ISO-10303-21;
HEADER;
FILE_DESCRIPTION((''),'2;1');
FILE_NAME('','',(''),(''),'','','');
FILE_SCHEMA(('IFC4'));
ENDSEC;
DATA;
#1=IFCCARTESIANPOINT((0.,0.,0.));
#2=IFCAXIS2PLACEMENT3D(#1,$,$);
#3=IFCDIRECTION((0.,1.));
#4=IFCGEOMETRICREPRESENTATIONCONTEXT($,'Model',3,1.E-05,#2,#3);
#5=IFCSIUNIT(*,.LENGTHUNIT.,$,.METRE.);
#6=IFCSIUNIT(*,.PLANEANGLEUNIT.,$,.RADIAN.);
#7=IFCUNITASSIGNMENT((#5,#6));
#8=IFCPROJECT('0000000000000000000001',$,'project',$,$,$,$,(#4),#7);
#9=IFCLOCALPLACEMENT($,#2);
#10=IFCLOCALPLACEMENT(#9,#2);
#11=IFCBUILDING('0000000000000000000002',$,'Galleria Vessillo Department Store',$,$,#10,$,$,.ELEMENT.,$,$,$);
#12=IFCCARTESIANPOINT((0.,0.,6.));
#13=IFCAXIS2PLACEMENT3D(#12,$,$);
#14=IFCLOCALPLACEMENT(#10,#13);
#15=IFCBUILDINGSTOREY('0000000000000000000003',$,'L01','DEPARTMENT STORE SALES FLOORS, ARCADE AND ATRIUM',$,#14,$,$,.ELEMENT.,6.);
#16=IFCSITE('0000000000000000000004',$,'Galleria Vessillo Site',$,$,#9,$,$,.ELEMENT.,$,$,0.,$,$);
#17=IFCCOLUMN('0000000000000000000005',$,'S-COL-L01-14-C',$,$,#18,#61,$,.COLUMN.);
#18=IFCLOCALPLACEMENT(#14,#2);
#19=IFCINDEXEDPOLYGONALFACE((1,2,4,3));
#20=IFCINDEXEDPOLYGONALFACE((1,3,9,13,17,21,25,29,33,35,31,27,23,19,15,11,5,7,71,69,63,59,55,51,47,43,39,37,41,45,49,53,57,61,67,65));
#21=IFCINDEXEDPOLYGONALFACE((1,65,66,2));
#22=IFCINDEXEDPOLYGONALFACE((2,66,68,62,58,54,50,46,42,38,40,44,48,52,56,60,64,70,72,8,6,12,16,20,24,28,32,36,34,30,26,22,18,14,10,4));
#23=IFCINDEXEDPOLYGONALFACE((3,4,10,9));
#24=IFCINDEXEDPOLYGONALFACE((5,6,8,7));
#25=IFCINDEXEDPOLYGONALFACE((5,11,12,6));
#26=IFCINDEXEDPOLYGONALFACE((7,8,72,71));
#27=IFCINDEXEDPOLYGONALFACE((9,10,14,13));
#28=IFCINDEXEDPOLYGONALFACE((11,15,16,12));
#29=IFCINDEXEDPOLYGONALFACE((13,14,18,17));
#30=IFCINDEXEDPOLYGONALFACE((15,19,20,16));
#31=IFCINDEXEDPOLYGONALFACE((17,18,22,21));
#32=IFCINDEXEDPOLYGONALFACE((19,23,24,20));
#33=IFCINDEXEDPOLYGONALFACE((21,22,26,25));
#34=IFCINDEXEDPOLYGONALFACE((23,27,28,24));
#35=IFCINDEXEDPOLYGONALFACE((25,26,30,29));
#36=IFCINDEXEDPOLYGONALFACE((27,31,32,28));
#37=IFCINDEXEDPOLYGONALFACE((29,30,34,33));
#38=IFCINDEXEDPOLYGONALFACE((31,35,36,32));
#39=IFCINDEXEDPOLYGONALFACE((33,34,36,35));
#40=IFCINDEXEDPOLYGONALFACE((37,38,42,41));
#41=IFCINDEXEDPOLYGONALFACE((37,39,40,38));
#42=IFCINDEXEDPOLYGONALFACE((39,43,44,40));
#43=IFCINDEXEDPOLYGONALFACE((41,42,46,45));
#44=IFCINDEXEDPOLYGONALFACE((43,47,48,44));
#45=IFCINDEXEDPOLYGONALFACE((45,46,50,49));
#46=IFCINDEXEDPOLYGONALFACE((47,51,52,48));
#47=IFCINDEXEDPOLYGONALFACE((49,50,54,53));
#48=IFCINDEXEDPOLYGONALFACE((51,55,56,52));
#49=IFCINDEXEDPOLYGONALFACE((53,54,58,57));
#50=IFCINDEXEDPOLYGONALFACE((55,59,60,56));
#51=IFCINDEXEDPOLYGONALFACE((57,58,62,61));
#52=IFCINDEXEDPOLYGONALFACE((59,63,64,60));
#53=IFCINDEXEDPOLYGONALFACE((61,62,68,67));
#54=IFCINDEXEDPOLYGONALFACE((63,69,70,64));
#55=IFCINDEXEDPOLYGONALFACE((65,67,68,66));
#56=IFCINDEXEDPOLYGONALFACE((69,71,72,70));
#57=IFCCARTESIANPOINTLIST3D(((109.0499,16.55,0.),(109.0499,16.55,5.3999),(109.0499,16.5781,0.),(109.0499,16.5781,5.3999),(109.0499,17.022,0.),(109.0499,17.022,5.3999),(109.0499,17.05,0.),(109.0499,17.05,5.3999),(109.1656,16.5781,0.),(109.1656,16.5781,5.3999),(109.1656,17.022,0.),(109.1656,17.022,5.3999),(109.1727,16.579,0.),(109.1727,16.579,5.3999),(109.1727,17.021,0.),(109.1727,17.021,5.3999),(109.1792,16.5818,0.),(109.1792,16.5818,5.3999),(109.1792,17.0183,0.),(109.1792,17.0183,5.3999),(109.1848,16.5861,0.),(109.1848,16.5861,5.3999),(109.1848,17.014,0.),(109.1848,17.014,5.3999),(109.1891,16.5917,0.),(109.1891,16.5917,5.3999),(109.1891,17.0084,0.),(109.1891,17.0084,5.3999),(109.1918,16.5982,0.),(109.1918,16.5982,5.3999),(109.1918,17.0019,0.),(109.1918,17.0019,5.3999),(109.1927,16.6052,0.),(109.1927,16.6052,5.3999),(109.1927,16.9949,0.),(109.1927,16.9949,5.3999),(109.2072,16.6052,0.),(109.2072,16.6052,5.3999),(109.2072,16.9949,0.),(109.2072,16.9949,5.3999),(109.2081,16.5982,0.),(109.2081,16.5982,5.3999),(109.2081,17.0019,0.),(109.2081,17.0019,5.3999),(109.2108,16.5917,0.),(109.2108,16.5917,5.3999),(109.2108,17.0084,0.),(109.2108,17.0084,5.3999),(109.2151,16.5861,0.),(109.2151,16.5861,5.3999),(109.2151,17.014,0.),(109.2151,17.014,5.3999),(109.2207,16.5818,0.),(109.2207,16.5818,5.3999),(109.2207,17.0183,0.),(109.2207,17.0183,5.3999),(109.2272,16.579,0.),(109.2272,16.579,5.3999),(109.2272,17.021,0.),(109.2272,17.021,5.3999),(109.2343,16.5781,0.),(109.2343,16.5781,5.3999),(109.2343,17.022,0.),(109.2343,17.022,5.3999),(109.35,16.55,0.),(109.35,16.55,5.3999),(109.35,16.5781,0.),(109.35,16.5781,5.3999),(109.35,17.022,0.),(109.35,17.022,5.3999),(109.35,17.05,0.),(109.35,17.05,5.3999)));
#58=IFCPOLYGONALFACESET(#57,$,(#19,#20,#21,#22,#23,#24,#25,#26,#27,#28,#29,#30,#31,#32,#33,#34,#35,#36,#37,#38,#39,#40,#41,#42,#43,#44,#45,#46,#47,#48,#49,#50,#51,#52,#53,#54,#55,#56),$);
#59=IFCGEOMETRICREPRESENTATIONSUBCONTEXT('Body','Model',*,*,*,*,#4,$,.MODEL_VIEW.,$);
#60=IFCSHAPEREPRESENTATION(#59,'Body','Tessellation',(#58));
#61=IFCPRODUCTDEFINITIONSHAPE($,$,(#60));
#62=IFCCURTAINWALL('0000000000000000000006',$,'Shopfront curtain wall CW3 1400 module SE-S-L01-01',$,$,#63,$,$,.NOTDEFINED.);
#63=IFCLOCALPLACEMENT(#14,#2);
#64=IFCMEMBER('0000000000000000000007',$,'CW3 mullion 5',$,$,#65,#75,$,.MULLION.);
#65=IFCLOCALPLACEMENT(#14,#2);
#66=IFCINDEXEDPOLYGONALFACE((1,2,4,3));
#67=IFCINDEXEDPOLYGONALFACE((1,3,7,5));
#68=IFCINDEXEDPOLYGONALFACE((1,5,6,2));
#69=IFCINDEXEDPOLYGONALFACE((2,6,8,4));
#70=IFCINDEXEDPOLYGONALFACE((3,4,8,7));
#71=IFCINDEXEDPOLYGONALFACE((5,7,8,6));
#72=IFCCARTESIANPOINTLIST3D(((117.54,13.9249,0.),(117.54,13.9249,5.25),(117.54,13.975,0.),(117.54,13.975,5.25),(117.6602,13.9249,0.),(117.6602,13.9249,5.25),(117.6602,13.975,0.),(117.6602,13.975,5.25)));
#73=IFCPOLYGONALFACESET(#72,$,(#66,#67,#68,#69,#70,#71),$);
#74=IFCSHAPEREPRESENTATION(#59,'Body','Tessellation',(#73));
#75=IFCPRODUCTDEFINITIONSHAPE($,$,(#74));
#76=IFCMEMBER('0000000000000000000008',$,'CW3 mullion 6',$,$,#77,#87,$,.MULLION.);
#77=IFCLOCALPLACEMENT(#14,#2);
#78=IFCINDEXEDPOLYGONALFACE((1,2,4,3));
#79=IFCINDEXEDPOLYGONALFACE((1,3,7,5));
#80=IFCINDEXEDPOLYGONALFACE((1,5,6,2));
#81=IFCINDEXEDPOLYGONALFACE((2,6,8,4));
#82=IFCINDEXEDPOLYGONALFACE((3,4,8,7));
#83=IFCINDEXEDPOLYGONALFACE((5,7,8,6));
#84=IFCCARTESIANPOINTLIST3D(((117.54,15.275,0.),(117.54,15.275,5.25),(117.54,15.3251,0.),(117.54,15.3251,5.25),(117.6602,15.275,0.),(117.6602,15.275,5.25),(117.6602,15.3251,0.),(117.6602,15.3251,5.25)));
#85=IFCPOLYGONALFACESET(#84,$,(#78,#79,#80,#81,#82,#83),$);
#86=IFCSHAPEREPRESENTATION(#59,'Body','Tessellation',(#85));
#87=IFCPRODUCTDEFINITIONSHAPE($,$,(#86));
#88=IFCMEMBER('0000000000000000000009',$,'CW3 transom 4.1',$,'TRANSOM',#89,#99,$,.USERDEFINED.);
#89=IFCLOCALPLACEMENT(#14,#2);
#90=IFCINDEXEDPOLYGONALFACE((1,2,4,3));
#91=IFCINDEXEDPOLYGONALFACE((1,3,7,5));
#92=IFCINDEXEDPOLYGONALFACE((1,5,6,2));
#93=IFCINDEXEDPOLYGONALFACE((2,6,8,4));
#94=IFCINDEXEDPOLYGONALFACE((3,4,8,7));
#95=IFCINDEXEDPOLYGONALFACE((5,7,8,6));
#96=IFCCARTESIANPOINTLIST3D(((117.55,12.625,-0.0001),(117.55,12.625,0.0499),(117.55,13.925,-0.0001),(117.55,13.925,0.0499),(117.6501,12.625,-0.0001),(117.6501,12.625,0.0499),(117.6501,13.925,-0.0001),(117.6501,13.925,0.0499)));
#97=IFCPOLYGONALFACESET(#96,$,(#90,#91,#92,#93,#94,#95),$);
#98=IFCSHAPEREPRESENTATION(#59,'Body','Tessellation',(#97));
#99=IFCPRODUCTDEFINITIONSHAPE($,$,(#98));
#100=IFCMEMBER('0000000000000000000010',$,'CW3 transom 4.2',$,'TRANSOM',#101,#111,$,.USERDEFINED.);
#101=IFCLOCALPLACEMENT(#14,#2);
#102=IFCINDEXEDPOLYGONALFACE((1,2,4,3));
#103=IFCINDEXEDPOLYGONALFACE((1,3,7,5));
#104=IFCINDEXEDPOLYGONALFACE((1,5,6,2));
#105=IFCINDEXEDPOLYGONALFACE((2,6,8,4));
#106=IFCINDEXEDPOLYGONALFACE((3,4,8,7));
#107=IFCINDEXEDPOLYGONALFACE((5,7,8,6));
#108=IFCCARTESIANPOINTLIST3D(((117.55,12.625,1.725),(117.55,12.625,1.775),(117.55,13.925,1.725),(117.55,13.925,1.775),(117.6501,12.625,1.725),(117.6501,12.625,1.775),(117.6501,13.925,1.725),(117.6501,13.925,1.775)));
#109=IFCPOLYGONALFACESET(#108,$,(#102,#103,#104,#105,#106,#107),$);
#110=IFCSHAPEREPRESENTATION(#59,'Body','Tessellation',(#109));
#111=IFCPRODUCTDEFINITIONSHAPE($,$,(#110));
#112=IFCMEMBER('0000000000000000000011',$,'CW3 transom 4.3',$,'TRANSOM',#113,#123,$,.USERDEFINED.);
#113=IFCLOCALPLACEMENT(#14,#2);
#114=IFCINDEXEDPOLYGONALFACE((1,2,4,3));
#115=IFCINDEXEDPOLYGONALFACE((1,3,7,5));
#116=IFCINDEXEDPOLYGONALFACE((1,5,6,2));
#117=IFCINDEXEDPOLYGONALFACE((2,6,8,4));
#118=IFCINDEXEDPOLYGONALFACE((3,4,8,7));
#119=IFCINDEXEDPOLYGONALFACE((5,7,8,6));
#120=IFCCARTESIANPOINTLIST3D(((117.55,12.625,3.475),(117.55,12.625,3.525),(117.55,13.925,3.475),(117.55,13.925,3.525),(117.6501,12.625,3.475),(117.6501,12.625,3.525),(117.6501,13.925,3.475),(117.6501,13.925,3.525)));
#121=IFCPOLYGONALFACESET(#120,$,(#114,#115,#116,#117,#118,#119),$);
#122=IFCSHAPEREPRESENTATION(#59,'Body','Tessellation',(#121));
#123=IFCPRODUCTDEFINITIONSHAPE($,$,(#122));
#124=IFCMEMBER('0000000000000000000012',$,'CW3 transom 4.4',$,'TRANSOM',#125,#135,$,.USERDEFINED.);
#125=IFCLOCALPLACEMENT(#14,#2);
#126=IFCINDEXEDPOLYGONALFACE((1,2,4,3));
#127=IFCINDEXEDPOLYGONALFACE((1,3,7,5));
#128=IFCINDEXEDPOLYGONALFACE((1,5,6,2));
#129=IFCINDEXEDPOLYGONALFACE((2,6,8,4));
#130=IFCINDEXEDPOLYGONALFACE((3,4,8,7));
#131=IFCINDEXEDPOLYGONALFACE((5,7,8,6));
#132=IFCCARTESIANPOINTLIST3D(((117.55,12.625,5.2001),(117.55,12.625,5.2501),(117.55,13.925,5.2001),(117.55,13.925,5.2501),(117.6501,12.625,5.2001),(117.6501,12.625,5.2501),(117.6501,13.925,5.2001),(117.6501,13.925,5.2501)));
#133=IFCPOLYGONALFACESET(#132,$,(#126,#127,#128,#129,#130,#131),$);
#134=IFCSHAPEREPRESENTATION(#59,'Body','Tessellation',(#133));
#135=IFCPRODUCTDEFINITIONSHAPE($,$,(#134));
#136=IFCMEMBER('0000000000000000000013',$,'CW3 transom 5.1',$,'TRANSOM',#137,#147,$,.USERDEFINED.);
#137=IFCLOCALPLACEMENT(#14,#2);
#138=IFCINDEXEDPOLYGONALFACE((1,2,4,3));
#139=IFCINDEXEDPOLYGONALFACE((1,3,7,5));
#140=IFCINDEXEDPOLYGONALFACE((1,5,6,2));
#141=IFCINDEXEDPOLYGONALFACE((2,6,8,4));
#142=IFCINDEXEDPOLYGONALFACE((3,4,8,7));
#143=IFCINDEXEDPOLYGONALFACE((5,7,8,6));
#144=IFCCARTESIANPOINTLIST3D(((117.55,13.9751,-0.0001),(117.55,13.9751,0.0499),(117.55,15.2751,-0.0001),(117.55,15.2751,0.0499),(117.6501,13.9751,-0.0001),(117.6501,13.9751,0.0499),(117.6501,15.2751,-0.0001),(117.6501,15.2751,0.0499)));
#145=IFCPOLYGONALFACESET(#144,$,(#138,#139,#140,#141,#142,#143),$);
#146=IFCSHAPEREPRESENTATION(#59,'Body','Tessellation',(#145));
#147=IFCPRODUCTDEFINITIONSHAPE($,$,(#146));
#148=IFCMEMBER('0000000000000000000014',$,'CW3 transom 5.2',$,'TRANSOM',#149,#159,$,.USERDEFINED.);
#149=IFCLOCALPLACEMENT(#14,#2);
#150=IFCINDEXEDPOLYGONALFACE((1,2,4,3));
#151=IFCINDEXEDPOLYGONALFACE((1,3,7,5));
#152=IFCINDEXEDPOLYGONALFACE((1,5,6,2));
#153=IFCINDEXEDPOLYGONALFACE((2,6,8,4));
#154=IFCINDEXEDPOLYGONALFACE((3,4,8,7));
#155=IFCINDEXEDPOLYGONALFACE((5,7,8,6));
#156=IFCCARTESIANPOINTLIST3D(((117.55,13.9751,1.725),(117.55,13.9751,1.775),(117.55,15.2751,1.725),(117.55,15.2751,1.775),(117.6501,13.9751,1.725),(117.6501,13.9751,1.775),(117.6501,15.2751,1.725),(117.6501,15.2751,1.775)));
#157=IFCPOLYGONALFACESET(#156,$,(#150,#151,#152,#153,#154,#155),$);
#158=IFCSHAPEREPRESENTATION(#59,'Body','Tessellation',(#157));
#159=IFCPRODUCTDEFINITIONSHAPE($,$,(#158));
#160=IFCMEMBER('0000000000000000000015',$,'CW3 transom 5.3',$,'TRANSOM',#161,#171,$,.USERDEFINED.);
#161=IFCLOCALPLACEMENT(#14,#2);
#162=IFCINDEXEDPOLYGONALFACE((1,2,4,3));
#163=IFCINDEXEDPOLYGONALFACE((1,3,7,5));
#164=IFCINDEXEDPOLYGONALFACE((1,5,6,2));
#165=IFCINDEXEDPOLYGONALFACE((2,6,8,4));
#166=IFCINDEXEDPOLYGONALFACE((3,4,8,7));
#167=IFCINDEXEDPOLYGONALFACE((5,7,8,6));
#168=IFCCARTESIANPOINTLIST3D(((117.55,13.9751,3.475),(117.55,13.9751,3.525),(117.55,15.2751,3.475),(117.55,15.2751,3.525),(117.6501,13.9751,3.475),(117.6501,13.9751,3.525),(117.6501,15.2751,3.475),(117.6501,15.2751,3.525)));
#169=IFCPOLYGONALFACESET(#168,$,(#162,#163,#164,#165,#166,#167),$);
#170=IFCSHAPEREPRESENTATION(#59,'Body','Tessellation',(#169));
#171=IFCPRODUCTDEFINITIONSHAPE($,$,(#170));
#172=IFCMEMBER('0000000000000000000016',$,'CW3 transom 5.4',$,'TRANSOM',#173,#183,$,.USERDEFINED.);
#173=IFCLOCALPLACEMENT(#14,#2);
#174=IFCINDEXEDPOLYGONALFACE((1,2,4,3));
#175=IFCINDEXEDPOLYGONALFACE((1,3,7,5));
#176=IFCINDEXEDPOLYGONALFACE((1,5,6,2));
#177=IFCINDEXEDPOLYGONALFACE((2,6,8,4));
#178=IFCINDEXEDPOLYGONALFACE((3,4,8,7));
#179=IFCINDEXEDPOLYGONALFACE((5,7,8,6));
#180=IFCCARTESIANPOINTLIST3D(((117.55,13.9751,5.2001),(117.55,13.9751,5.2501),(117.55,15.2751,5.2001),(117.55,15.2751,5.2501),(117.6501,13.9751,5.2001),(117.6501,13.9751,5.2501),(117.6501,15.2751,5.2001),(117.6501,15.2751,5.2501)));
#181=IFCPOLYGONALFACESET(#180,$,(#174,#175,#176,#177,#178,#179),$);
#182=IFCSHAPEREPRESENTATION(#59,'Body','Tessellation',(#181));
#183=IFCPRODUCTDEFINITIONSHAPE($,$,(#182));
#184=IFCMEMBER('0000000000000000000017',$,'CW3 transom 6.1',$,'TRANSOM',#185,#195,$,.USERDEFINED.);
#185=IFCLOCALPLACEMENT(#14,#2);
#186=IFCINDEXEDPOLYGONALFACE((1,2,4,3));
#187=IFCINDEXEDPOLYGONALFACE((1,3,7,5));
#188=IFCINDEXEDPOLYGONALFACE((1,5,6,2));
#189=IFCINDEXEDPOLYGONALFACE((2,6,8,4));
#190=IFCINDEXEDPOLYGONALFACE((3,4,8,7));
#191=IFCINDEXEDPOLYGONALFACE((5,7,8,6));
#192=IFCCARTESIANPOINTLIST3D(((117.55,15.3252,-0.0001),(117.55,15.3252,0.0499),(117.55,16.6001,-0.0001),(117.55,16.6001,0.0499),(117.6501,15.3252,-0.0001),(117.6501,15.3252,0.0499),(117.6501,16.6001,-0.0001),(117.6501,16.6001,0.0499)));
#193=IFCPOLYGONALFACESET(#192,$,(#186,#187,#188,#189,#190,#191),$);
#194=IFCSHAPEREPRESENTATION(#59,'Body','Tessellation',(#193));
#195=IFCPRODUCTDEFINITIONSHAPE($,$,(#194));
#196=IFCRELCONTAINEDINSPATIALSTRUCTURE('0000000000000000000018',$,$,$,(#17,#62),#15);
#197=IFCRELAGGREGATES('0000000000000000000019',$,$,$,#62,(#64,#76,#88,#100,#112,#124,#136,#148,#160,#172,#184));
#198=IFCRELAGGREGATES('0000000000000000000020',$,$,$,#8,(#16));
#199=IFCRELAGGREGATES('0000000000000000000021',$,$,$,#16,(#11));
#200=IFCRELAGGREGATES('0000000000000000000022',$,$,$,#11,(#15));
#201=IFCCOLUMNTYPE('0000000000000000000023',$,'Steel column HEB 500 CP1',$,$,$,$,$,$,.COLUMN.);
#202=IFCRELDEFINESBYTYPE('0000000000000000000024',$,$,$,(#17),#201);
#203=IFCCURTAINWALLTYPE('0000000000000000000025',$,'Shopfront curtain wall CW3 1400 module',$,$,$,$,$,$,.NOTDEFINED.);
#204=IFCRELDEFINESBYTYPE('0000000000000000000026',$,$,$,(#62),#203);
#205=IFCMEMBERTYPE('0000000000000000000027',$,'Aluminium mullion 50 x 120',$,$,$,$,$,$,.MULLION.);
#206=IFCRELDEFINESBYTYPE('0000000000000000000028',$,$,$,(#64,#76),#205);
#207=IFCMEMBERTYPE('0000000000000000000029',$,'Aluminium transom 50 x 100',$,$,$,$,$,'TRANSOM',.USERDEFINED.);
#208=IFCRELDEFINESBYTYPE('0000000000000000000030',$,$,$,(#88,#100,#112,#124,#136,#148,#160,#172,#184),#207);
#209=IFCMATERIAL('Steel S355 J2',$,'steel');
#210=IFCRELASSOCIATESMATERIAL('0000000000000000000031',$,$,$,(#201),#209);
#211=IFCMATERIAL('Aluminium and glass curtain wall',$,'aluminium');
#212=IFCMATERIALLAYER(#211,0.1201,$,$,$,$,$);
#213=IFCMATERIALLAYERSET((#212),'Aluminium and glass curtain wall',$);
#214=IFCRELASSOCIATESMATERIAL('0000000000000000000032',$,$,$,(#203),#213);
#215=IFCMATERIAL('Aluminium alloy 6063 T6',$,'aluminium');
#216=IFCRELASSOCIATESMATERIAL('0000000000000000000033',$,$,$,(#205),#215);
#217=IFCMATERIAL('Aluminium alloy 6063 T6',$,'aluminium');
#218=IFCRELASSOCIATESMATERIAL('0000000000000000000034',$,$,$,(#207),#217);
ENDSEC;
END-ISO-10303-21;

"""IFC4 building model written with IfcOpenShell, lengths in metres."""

from ifc_helpers import new_model, si_unit, direction, frame, origin, origin_2d, place, context, subcontext, project, spatial, rectangle, i_section, extrude, material, layer, layer_set, material_profile, profile_set, type_object, element, aggregate, save


model = new_model("IFC4")

# Units and contexts
model_context = context("Model", 3, precision=1e-05, world=origin(), true_north=direction((0.0, 1.0)))
body_context = subcontext(model_context, "Body", "Model", "MODEL_VIEW")
ifc_project = project(units=[si_unit("LENGTHUNIT", "METRE"), si_unit("PLANEANGLEUNIT", "RADIAN")], contexts=[model_context])

# Site, building, storey
site_placement = place(None, origin())
site = spatial("IfcSite", under=ifc_project, at=site_placement, Name="Galleria Vessillo Site", CompositionType="ELEMENT", RefElevation=0.0)
building_placement = place(site_placement, origin())
building = spatial("IfcBuilding", under=site, at=building_placement, Name="Galleria Vessillo Department Store", CompositionType="ELEMENT")
storey_placement = place(building_placement, frame((0.0, 0.0, 6.0)))
storey = spatial("IfcBuildingStorey", under=building, at=storey_placement, Name="L01", Description="DEPARTMENT STORE SALES FLOORS, ARCADE AND ATRIUM", CompositionType="ELEMENT", Elevation=6.0)

# Column
ifc_material_1 = material(Name="Steel S355 J2", Category="steel")
ifc_material_profile_1 = material_profile(ifc_material_1, i_section(OverallWidth=0.3, OverallDepth=0.5, WebThickness=0.0144, FlangeThickness=0.0281, FilletRadius=0.0271, at=origin_2d()), Name="HEB 500")
ifc_profile_set_1 = profile_set([ifc_material_profile_1], Name="Steel S355 J2")
column_type = type_object("IfcColumnType", Name="Steel column HEB 500 CP1", PredefinedType="COLUMN", material=ifc_profile_set_1)
column_placement = place(storey_placement, frame((109.2, 16.8, 0.0), z_axis=(0.0, 0.0, 1.0), x_axis=(1.0, 0.0, 0.0)))
element("IfcColumn", 1, at=column_placement, inside=storey, type_object=column_type, Name="S-COL-L01-14-C", PredefinedType="COLUMN", context=body_context, shape_type="SweptSolid", body=[
    extrude(i_section(OverallWidth=0.3, OverallDepth=0.5, WebThickness=0.0144, FlangeThickness=0.0281, FilletRadius=0.0271, at=origin_2d()), origin(), (0.0, 0.0, 1.0), 5.3999),
])

# Curtain wall, members
ifc_material_2 = material(Name="Aluminium and glass curtain wall", Category="aluminium")
ifc_layer_1 = layer(ifc_material_2, 0.1201)
ifc_layer_set_1 = layer_set([ifc_layer_1], Name="Aluminium and glass curtain wall")
curtain_wall_type = type_object("IfcCurtainWallType", Name="Shopfront curtain wall CW3 1400 module", PredefinedType="NOTDEFINED", material=ifc_layer_set_1)
curtain_wall_placement = place(storey_placement, origin())
curtain_wall = element("IfcCurtainWall", 2, at=curtain_wall_placement, inside=storey, type_object=curtain_wall_type, Name="Shopfront curtain wall CW3 1400 module SE-S-L01-01", PredefinedType="NOTDEFINED")
ifc_material_3 = material(Name="Aluminium alloy 6063 T6", Category="aluminium")
ifc_material_profile_2 = material_profile(ifc_material_3, rectangle(XDim=0.1201, YDim=0.05, at=origin_2d()), Name="AL 50x120")
ifc_profile_set_2 = profile_set([ifc_material_profile_2], Name="Aluminium alloy 6063 T6")
member_type_1 = type_object("IfcMemberType", Name="Aluminium mullion 50 x 120", PredefinedType="MULLION", material=ifc_profile_set_2)
member_1_placement = place(storey_placement, frame((117.6001, 13.95, 0.0), z_axis=(0.0, 0.0, 1.0), x_axis=(-1.0, 0.0, 0.0)))
member_1 = element("IfcMember", 3, at=member_1_placement, type_object=member_type_1, Name="CW3 mullion 5", PredefinedType="MULLION", context=body_context, shape_type="SweptSolid", body=[
    extrude(rectangle(XDim=0.1201, YDim=0.05, at=origin_2d()), origin(), (0.0, 0.0, 1.0), 5.25),
])
member_2_placement = place(storey_placement, frame((117.6001, 15.3, 0.0), z_axis=(0.0, 0.0, 1.0), x_axis=(-1.0, 0.0, 0.0)))
member_2 = element("IfcMember", 4, at=member_2_placement, type_object=member_type_1, Name="CW3 mullion 6", PredefinedType="MULLION", context=body_context, shape_type="SweptSolid", body=[
    extrude(rectangle(XDim=0.1201, YDim=0.05, at=origin_2d()), origin(), (0.0, 0.0, 1.0), 5.25),
])
ifc_material_4 = material(Name="Aluminium alloy 6063 T6", Category="aluminium")
ifc_material_profile_3 = material_profile(ifc_material_4, rectangle(XDim=0.1001, YDim=0.05, at=origin_2d()), Name="AL 50x100")
ifc_profile_set_3 = profile_set([ifc_material_profile_3], Name="Aluminium alloy 6063 T6")
member_type_2 = type_object("IfcMemberType", Name="Aluminium transom 50 x 100", ElementType="TRANSOM", PredefinedType="USERDEFINED", material=ifc_profile_set_3)
member_3_placement = place(storey_placement, frame((117.6001, 12.625, 0.0249), z_axis=(0.0, 1.0, 0.0), x_axis=(-1.0, 0.0, 0.0)))
member_3 = element("IfcMember", 5, at=member_3_placement, type_object=member_type_2, Name="CW3 transom 4.1", ObjectType="TRANSOM", PredefinedType="USERDEFINED", context=body_context, shape_type="SweptSolid", body=[
    extrude(rectangle(XDim=0.1001, YDim=0.05, at=origin_2d()), origin(), (0.0, 0.0, 1.0), 1.3),
])
member_4_placement = place(storey_placement, frame((117.6001, 12.625, 1.75), z_axis=(0.0, 1.0, 0.0), x_axis=(-1.0, 0.0, 0.0)))
member_4 = element("IfcMember", 6, at=member_4_placement, type_object=member_type_2, Name="CW3 transom 4.2", ObjectType="TRANSOM", PredefinedType="USERDEFINED", context=body_context, shape_type="SweptSolid", body=[
    extrude(rectangle(XDim=0.1001, YDim=0.05, at=origin_2d()), origin(), (0.0, 0.0, 1.0), 1.3),
])
member_5_placement = place(storey_placement, frame((117.6001, 12.625, 3.5), z_axis=(0.0, 1.0, 0.0), x_axis=(-1.0, 0.0, 0.0)))
member_5 = element("IfcMember", 7, at=member_5_placement, type_object=member_type_2, Name="CW3 transom 4.3", ObjectType="TRANSOM", PredefinedType="USERDEFINED", context=body_context, shape_type="SweptSolid", body=[
    extrude(rectangle(XDim=0.1001, YDim=0.05, at=origin_2d()), origin(), (0.0, 0.0, 1.0), 1.3),
])
member_6_placement = place(storey_placement, frame((117.6001, 12.625, 5.2251), z_axis=(0.0, 1.0, 0.0), x_axis=(-1.0, 0.0, 0.0)))
member_6 = element("IfcMember", 8, at=member_6_placement, type_object=member_type_2, Name="CW3 transom 4.4", ObjectType="TRANSOM", PredefinedType="USERDEFINED", context=body_context, shape_type="SweptSolid", body=[
    extrude(rectangle(XDim=0.1001, YDim=0.05, at=origin_2d()), origin(), (0.0, 0.0, 1.0), 1.3),
])
member_7_placement = place(storey_placement, frame((117.6001, 13.9751, 0.0249), z_axis=(0.0, 1.0, 0.0), x_axis=(-1.0, 0.0, 0.0)))
member_7 = element("IfcMember", 9, at=member_7_placement, type_object=member_type_2, Name="CW3 transom 5.1", ObjectType="TRANSOM", PredefinedType="USERDEFINED", context=body_context, shape_type="SweptSolid", body=[
    extrude(rectangle(XDim=0.1001, YDim=0.05, at=origin_2d()), origin(), (0.0, 0.0, 1.0), 1.3),
])
member_8_placement = place(storey_placement, frame((117.6001, 13.9751, 1.75), z_axis=(0.0, 1.0, 0.0), x_axis=(-1.0, 0.0, 0.0)))
member_8 = element("IfcMember", 10, at=member_8_placement, type_object=member_type_2, Name="CW3 transom 5.2", ObjectType="TRANSOM", PredefinedType="USERDEFINED", context=body_context, shape_type="SweptSolid", body=[
    extrude(rectangle(XDim=0.1001, YDim=0.05, at=origin_2d()), origin(), (0.0, 0.0, 1.0), 1.3),
])
member_9_placement = place(storey_placement, frame((117.6001, 13.9751, 3.5), z_axis=(0.0, 1.0, 0.0), x_axis=(-1.0, 0.0, 0.0)))
member_9 = element("IfcMember", 11, at=member_9_placement, type_object=member_type_2, Name="CW3 transom 5.3", ObjectType="TRANSOM", PredefinedType="USERDEFINED", context=body_context, shape_type="SweptSolid", body=[
    extrude(rectangle(XDim=0.1001, YDim=0.05, at=origin_2d()), origin(), (0.0, 0.0, 1.0), 1.3),
])
member_10_placement = place(storey_placement, frame((117.6001, 13.9751, 5.2251), z_axis=(0.0, 1.0, 0.0), x_axis=(-1.0, 0.0, 0.0)))
member_10 = element("IfcMember", 12, at=member_10_placement, type_object=member_type_2, Name="CW3 transom 5.4", ObjectType="TRANSOM", PredefinedType="USERDEFINED", context=body_context, shape_type="SweptSolid", body=[
    extrude(rectangle(XDim=0.1001, YDim=0.05, at=origin_2d()), origin(), (0.0, 0.0, 1.0), 1.3),
])
member_11_placement = place(storey_placement, frame((117.6001, 15.3252, 0.0249), z_axis=(0.0, 1.0, 0.0), x_axis=(-1.0, 0.0, 0.0)))
member_11 = element("IfcMember", 13, at=member_11_placement, type_object=member_type_2, Name="CW3 transom 6.1", ObjectType="TRANSOM", PredefinedType="USERDEFINED", context=body_context, shape_type="SweptSolid", body=[
    extrude(rectangle(XDim=0.1001, YDim=0.05, at=origin_2d()), origin(), (0.0, 0.0, 1.0), 1.2749),
])

aggregate(curtain_wall, [member_1, member_2, member_3, member_4, member_5, member_6, member_7, member_8, member_9, member_10, member_11])

save(model, "model.ifc")
